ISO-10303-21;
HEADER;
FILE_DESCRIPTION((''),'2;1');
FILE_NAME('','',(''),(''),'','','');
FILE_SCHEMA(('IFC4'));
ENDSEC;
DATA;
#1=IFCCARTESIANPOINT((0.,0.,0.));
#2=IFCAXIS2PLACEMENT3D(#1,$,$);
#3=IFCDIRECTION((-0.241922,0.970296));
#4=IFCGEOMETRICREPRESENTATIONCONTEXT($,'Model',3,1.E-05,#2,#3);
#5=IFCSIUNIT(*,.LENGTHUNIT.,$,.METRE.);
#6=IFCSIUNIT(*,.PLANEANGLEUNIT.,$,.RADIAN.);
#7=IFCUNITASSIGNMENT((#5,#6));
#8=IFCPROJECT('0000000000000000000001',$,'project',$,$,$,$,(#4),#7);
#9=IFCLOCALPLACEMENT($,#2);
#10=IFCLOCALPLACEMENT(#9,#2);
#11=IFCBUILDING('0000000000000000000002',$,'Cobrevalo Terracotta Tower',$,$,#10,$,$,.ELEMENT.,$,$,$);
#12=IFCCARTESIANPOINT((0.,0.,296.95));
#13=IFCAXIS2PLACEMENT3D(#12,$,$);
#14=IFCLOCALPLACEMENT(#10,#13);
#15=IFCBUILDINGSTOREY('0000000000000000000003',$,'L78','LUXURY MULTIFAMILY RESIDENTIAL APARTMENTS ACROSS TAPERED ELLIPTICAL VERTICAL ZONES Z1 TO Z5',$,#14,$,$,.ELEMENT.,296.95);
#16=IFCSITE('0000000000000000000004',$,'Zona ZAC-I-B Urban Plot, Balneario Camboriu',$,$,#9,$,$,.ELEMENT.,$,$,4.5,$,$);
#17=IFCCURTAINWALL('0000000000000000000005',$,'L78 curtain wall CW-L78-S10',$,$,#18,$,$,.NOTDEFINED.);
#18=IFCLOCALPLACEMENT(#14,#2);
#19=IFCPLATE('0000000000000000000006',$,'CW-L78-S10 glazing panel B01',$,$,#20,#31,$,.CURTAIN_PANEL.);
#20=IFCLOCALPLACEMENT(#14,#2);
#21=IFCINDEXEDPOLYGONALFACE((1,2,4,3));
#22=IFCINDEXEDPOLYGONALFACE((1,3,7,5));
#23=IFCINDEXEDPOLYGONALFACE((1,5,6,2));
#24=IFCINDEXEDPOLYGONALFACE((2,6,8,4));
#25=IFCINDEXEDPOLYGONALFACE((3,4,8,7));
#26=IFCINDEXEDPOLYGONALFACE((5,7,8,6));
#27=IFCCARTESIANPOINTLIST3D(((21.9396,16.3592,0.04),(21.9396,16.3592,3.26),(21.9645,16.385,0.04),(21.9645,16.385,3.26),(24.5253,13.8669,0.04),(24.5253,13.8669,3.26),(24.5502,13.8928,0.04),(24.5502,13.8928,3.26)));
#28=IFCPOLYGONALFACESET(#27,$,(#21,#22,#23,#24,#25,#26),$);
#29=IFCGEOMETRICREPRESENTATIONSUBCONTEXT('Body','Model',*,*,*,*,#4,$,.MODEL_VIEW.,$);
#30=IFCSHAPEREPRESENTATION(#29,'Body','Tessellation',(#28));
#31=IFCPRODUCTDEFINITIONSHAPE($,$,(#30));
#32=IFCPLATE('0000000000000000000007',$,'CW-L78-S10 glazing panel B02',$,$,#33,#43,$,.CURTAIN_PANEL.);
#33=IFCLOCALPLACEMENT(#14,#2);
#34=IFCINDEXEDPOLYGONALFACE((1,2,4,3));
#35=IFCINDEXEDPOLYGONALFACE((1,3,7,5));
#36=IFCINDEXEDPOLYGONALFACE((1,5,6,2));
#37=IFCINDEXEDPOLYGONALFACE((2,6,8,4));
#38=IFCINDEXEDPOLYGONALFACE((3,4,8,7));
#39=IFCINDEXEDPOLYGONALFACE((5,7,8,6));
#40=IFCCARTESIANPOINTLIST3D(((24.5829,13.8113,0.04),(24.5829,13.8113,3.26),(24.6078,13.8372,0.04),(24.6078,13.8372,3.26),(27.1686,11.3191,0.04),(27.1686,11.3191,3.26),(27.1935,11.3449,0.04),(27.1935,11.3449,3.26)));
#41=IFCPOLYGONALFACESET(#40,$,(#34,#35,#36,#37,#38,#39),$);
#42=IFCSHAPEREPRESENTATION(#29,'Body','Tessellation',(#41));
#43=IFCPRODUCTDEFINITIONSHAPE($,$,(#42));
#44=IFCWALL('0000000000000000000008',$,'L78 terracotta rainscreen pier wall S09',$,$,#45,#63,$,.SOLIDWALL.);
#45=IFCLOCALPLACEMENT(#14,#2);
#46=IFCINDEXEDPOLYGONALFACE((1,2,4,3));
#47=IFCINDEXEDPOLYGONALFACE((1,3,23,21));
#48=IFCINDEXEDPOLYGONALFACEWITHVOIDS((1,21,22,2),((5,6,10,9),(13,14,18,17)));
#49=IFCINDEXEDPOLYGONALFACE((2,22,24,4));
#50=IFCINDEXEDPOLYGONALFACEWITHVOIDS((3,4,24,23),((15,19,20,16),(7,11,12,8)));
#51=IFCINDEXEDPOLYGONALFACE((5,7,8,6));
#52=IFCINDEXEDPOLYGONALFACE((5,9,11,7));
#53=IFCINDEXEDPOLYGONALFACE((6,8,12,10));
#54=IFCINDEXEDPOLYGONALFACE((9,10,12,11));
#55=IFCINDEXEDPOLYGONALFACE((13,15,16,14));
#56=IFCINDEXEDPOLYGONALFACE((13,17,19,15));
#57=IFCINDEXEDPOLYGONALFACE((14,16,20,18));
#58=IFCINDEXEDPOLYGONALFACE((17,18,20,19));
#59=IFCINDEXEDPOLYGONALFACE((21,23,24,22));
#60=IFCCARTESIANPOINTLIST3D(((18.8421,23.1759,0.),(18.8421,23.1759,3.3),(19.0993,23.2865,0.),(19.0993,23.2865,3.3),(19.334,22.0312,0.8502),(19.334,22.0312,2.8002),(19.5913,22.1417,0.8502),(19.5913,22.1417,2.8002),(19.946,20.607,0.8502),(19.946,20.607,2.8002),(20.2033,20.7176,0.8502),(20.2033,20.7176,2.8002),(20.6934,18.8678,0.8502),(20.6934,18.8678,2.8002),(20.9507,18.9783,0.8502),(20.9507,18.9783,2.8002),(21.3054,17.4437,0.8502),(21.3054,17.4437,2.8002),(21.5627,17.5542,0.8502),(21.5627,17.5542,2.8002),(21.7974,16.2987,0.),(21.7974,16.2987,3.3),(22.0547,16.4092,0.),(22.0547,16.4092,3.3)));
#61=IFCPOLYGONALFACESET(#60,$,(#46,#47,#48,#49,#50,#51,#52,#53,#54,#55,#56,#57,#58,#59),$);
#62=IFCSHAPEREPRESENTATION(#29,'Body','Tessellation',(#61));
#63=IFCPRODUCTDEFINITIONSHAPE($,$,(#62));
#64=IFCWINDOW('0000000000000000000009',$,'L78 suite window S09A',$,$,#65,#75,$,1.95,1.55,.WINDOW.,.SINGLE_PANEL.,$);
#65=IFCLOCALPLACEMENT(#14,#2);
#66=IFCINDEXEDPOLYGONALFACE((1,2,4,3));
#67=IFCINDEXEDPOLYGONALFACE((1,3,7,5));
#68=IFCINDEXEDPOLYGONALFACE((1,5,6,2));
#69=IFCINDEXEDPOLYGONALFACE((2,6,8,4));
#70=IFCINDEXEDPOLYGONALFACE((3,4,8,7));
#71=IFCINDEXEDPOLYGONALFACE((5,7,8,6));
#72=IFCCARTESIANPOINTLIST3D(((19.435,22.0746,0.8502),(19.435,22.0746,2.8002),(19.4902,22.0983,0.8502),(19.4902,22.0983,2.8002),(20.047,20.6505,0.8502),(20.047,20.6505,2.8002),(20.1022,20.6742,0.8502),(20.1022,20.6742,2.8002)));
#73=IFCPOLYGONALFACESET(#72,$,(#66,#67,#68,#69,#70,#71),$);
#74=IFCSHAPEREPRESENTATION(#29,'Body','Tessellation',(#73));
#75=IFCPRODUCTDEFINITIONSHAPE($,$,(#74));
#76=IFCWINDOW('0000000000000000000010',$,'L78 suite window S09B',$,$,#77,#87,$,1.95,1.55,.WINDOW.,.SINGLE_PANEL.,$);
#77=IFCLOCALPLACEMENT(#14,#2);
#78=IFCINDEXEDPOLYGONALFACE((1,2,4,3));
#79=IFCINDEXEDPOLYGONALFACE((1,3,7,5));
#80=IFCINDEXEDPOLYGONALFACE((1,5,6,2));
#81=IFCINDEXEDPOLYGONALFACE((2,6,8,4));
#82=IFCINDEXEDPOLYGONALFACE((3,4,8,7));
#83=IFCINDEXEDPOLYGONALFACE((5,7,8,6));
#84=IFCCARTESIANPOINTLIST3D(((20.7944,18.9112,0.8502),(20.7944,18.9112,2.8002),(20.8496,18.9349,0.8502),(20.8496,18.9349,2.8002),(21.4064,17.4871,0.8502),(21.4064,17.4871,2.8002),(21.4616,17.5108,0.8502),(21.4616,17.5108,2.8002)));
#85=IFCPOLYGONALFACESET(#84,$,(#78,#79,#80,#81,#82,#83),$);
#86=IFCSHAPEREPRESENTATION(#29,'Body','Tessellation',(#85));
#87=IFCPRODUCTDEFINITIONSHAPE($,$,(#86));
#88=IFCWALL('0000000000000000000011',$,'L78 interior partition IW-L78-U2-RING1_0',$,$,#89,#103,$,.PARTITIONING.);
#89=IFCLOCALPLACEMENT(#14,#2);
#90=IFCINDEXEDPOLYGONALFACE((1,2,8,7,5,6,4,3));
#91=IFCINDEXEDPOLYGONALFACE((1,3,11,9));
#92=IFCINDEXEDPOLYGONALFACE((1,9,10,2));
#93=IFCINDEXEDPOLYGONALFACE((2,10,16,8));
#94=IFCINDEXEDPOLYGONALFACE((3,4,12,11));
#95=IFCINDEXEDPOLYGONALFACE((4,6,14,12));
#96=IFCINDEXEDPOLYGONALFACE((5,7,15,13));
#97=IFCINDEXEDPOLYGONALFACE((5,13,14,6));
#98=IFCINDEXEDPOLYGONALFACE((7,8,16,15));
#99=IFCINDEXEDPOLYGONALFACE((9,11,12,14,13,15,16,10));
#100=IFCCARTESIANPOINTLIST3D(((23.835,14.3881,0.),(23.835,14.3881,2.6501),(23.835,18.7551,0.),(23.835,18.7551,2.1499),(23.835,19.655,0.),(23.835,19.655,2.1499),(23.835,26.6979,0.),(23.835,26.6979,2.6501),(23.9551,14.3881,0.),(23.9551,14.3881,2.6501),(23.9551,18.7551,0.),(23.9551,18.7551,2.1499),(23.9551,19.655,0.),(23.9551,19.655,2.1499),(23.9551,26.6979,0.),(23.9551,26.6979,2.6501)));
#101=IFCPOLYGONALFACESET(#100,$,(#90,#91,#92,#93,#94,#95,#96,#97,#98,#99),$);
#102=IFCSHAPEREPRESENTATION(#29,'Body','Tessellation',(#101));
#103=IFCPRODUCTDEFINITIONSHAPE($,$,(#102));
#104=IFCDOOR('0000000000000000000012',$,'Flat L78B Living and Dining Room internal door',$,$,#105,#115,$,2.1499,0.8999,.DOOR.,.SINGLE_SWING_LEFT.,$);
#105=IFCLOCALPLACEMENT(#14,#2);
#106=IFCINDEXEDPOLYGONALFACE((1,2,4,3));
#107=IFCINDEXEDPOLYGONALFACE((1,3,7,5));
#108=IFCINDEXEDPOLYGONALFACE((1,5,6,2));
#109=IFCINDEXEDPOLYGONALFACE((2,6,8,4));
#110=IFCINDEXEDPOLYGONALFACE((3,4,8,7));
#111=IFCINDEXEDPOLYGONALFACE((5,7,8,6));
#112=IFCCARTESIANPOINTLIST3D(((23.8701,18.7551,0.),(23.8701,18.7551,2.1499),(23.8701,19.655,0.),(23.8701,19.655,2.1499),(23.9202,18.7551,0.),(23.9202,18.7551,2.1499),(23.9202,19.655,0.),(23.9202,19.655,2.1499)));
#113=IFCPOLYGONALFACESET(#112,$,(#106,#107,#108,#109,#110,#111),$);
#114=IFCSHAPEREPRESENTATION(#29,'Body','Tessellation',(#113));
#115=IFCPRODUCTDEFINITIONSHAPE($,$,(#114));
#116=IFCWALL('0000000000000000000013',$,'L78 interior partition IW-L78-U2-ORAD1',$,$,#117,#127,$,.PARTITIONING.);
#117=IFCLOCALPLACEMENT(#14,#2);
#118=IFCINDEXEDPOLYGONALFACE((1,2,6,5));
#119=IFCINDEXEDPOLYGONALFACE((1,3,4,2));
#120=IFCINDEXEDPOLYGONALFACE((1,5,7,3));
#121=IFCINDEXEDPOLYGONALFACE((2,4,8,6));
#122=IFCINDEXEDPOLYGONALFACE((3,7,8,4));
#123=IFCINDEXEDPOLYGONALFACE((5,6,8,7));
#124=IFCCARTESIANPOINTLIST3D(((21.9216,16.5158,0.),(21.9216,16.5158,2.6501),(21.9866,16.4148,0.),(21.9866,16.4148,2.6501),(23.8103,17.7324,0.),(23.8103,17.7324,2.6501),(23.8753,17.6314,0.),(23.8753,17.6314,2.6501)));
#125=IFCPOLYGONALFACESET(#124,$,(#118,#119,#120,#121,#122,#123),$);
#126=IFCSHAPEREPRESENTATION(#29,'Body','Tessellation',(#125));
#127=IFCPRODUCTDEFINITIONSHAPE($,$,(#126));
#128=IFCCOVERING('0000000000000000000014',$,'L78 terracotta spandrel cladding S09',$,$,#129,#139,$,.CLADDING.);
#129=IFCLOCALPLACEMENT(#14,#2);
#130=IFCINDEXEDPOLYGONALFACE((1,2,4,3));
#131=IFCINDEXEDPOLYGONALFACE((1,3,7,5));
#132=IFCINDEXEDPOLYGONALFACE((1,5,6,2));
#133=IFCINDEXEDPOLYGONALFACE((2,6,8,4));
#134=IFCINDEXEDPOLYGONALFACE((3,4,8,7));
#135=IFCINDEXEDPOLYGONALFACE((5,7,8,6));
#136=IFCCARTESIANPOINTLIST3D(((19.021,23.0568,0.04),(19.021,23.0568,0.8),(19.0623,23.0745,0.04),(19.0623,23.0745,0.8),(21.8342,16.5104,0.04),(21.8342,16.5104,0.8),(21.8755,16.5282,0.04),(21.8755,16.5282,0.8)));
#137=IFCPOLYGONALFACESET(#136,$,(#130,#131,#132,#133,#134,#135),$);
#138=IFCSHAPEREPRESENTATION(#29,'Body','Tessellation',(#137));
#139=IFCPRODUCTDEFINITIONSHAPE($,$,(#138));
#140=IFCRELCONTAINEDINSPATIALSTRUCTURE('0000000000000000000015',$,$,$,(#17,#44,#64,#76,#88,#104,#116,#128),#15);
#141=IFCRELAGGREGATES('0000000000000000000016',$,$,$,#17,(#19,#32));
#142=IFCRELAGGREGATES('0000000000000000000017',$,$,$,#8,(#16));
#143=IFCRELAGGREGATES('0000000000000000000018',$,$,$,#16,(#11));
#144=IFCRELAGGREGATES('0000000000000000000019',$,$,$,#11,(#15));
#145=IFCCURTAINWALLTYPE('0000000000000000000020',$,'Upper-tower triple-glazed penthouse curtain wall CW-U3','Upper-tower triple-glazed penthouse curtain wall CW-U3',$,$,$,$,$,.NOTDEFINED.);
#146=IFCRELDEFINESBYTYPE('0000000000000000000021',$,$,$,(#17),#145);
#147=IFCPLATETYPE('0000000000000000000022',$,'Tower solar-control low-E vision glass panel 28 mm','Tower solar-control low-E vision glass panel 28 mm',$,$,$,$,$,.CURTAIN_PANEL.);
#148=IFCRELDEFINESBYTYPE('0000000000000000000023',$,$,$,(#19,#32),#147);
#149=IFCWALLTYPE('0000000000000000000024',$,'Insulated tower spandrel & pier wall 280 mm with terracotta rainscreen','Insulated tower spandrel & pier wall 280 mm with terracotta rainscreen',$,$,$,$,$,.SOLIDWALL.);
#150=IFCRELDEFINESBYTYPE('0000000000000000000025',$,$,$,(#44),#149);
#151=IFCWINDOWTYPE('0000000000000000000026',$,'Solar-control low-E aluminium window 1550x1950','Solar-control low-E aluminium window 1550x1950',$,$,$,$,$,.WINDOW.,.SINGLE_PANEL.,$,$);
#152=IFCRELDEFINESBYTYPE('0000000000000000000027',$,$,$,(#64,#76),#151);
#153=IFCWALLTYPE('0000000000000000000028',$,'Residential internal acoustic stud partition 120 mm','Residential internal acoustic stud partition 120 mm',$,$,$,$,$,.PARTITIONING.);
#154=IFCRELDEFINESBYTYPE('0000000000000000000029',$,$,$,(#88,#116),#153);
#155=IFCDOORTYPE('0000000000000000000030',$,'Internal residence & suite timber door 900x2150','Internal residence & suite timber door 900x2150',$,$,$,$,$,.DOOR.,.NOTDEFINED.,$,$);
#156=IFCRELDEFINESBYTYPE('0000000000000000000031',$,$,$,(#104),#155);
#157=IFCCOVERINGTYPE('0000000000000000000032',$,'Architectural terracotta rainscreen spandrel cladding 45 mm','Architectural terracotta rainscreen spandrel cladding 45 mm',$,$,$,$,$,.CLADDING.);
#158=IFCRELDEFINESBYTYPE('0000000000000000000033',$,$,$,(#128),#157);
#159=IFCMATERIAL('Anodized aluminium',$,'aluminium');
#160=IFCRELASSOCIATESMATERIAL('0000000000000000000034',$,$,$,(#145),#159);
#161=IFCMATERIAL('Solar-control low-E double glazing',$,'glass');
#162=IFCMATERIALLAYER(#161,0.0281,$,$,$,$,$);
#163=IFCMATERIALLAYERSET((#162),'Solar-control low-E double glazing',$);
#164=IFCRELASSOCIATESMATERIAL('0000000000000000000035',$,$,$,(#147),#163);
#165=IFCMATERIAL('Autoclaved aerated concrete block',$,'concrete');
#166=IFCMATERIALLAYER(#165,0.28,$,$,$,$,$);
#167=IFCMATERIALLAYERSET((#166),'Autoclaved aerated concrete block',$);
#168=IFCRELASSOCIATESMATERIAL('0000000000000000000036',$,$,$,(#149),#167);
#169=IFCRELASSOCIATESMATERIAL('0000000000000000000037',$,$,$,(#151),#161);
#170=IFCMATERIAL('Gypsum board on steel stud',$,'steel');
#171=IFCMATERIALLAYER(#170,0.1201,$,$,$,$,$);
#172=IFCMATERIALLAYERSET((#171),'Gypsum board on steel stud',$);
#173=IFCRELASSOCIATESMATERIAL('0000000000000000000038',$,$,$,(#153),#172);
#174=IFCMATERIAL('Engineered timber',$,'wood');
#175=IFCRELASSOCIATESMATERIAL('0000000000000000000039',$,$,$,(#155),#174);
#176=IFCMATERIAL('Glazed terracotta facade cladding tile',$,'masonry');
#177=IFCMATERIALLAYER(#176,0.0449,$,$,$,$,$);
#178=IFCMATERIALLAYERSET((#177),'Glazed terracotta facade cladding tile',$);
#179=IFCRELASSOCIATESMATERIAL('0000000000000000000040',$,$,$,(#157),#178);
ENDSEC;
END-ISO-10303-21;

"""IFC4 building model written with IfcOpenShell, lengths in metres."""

from ifc_helpers import new_model, si_unit, direction, frame, frame_2d, origin, origin_2d, place, context, subcontext, project, spatial, rectangle, extrude, source, transform, mapped, material, layer, layer_set, type_object, element, fill, aggregate, save


model = new_model("IFC4")

# Units and contexts
model_context = context("Model", 3, precision=1e-05, world=origin(), true_north=direction((-0.241922, 0.970296)))
body_context = subcontext(model_context, "Body", "Model", "MODEL_VIEW")
ifc_project = project(units=[si_unit("LENGTHUNIT", "METRE"), si_unit("PLANEANGLEUNIT", "RADIAN")], contexts=[model_context])

# Site, building, storey
site_placement = place(None, origin())
site = spatial("IfcSite", under=ifc_project, at=site_placement, Name="Zona ZAC-I-B Urban Plot, Balneario Camboriu", CompositionType="ELEMENT", RefElevation=4.5)
building_placement = place(site_placement, origin())
building = spatial("IfcBuilding", under=site, at=building_placement, Name="Cobrevalo Terracotta Tower", CompositionType="ELEMENT")
storey_placement = place(building_placement, frame((0.0, 0.0, 296.95)))
storey = spatial("IfcBuildingStorey", under=building, at=storey_placement, Name="L78", Description="LUXURY MULTIFAMILY RESIDENTIAL APARTMENTS ACROSS TAPERED ELLIPTICAL VERTICAL ZONES Z1 TO Z5", CompositionType="ELEMENT", Elevation=296.95)

# Curtain wall
ifc_material_1 = material(Name="Anodized aluminium", Category="aluminium")
curtain_wall_type = type_object("IfcCurtainWallType", Name="Upper-tower triple-glazed penthouse curtain wall CW-U3", Description="Upper-tower triple-glazed penthouse curtain wall CW-U3", PredefinedType="NOTDEFINED", material=ifc_material_1)
curtain_wall_1_placement = place(storey_placement, origin())
curtain_wall_1 = element("IfcCurtainWall", 1, at=curtain_wall_1_placement, inside=storey, type_object=curtain_wall_type, Name="L78 curtain wall CW-L78-S10", PredefinedType="NOTDEFINED")

# Plates
ifc_material_2 = material(Name="Solar-control low-E double glazing", Category="glass")
ifc_layer_1 = layer(ifc_material_2, 0.0281)
ifc_layer_set_1 = layer_set([ifc_layer_1], Name="Solar-control low-E double glazing")
plate_type_1 = type_object("IfcPlateType", Name="Tower solar-control low-E vision glass panel 28 mm", Description="Tower solar-control low-E vision glass panel 28 mm", PredefinedType="CURTAIN_PANEL", material=ifc_layer_set_1)
shared_shape_1 = source(origin(), body_context, "Body", "SweptSolid", [
    extrude(rectangle(XDim=3.5913, YDim=0.0359, at=origin_2d()), origin(), (0.0, 0.0, 1.0), 3.22),
])
plate_1_placement = place(storey_placement, frame((23.2449, 15.126, 0.04), z_axis=(0.0, 0.0, 1.0), x_axis=(0.719997, -0.693978, 0.0)))
plate_1 = element("IfcPlate", 2, at=plate_1_placement, type_object=plate_type_1, Name="CW-L78-S10 glazing panel B01", PredefinedType="CURTAIN_PANEL", context=body_context, shape_type="MappedRepresentation", body=[
    mapped(shared_shape_1, transform((0.0, 0.0, 0.0), scale=1.0)),
])
plate_2_placement = place(storey_placement, frame((25.8882, 12.5781, 0.04), z_axis=(0.0, 0.0, 1.0), x_axis=(0.719997, -0.693978, 0.0)))
plate_2 = element("IfcPlate", 3, at=plate_2_placement, type_object=plate_type_1, Name="CW-L78-S10 glazing panel B02", PredefinedType="CURTAIN_PANEL", context=body_context, shape_type="MappedRepresentation", body=[
    mapped(shared_shape_1, transform((0.0, 0.0, 0.0), scale=1.0)),
])
aggregate(curtain_wall_1, [plate_1, plate_2])

# Wall, openings, windows
ifc_material_3 = material(Name="Autoclaved aerated concrete block", Category="concrete")
ifc_layer_2 = layer(ifc_material_3, 0.28)
ifc_layer_set_2 = layer_set([ifc_layer_2], Name="Autoclaved aerated concrete block")
wall_type_1 = type_object("IfcWallType", Name="Insulated tower spandrel & pier wall 280 mm with terracotta rainscreen", Description="Insulated tower spandrel & pier wall 280 mm with terracotta rainscreen", PredefinedType="SOLIDWALL", material=ifc_layer_set_2)
wall_1_placement = place(storey_placement, frame((18.9707, 23.2312, 0.0), z_axis=(0.0, 0.0, 1.0), x_axis=(0.394817, -0.91876, 0.0)))
wall_1 = element("IfcWall", 4, at=wall_1_placement, inside=storey, type_object=wall_type_1, Name="L78 terracotta rainscreen pier wall S09", PredefinedType="SOLIDWALL", context=body_context, shape_type="SweptSolid", body=[
    extrude(rectangle(XDim=7.4854, YDim=0.28, at=frame_2d((3.7427, 0.0))), origin(), (0.0, 0.0, 1.0), 3.3),
])
opening_1_placement = place(wall_1_placement, frame((1.2461, 0.0, 0.8501)))
opening_1 = element("IfcOpeningElement", 5, at=opening_1_placement, cuts=wall_1, PredefinedType="OPENING", context=body_context, shape_type="SweptSolid", body=[
    extrude(rectangle(XDim=1.55, YDim=1.95, at=frame_2d((0.7749, 0.9751))), frame((0.0, 0.1499, 0.0), z_axis=(0.0, -1.0, 0.0), x_axis=(1.0, 0.0, 0.0)), (0.0, 0.0, 1.0), 0.3),
])
opening_2_placement = place(wall_1_placement, frame((4.6892, 0.0, 0.8501)))
opening_2 = element("IfcOpeningElement", 6, at=opening_2_placement, cuts=wall_1, PredefinedType="OPENING", context=body_context, shape_type="SweptSolid", body=[
    extrude(rectangle(XDim=1.55, YDim=1.95, at=frame_2d((0.7749, 0.9751))), frame((0.0, 0.1499, 0.0), z_axis=(0.0, -1.0, 0.0), x_axis=(1.0, 0.0, 0.0)), (0.0, 0.0, 1.0), 0.3),
])
window_type = type_object("IfcWindowType", Name="Solar-control low-E aluminium window 1550x1950", Description="Solar-control low-E aluminium window 1550x1950", PartitioningType="SINGLE_PANEL", PredefinedType="WINDOW", material=ifc_material_2)
shared_shape_2 = source(origin(), body_context, "Body", "SweptSolid", [
    extrude(rectangle(XDim=1.55, YDim=1.95, at=frame_2d((0.7749, 0.9751))), frame((0.0, 0.03, 0.0), z_axis=(0.0, -1.0, 0.0), x_axis=(1.0, 0.0, 0.0)), (0.0, 0.0, 1.0), 0.0601),
])
window_1_placement = place(opening_1_placement, origin())
window_1 = element("IfcWindow", 7, at=window_1_placement, inside=storey, type_object=window_type, Name="L78 suite window S09A", OverallHeight=1.95, OverallWidth=1.55, PartitioningType="SINGLE_PANEL", PredefinedType="WINDOW", context=body_context, shape_type="MappedRepresentation", body=[
    mapped(shared_shape_2, transform((0.0, 0.0, 0.0), scale=1.0)),
])
fill(opening_1, window_1)
window_2_placement = place(opening_2_placement, origin())
window_2 = element("IfcWindow", 8, at=window_2_placement, inside=storey, type_object=window_type, Name="L78 suite window S09B", OverallHeight=1.95, OverallWidth=1.55, PartitioningType="SINGLE_PANEL", PredefinedType="WINDOW", context=body_context, shape_type="MappedRepresentation", body=[
    mapped(shared_shape_2, transform((0.0, 0.0, 0.0), scale=1.0)),
])
fill(opening_2, window_2)

# Wall, opening, door
ifc_material_4 = material(Name="Gypsum board on steel stud", Category="steel")
ifc_layer_3 = layer(ifc_material_4, 0.1201)
ifc_layer_set_3 = layer_set([ifc_layer_3], Name="Gypsum board on steel stud")
wall_type_2 = type_object("IfcWallType", Name="Residential internal acoustic stud partition 120 mm", Description="Residential internal acoustic stud partition 120 mm", PredefinedType="PARTITIONING", material=ifc_layer_set_3)
wall_2_placement = place(storey_placement, frame((23.895, 14.3882, 0.0), z_axis=(0.0, 0.0, 1.0), x_axis=(0.0, 1.0, 0.0)))
wall_2 = element("IfcWall", 9, at=wall_2_placement, inside=storey, type_object=wall_type_2, Name="L78 interior partition IW-L78-U2-RING1_0", PredefinedType="PARTITIONING", context=body_context, shape_type="SweptSolid", body=[
    extrude(rectangle(XDim=12.3098, YDim=0.1201, at=frame_2d((6.1548, 0.0))), origin(), (0.0, 0.0, 1.0), 2.6501),
])
opening_3_placement = place(wall_2_placement, frame((4.3669, 0.0, 0.0)))
opening_3 = element("IfcOpeningElement", 10, at=opening_3_placement, cuts=wall_2, PredefinedType="OPENING", context=body_context, shape_type="SweptSolid", body=[
    extrude(rectangle(XDim=0.8999, YDim=2.1499, at=frame_2d((0.45, 1.075))), frame((0.0, 0.0701, 0.0), z_axis=(0.0, -1.0, 0.0), x_axis=(1.0, 0.0, 0.0)), (0.0, 0.0, 1.0), 0.1401),
])
ifc_material_5 = material(Name="Engineered timber", Category="wood")
door_type = type_object("IfcDoorType", Name="Internal residence & suite timber door 900x2150", Description="Internal residence & suite timber door 900x2150", OperationType="NOTDEFINED", PredefinedType="DOOR", material=ifc_material_5)
shared_shape_3 = source(origin(), body_context, "Body", "SweptSolid", [
    extrude(rectangle(XDim=0.8999, YDim=2.1499, at=frame_2d((0.45, 1.075))), frame((0.0, 0.0249, 0.0), z_axis=(0.0, -1.0, 0.0), x_axis=(1.0, 0.0, 0.0)), (0.0, 0.0, 1.0), 0.05),
])
door_placement = place(opening_3_placement, origin())
door = element("IfcDoor", 11, at=door_placement, inside=storey, type_object=door_type, Name="Flat L78B Living and Dining Room internal door", OperationType="SINGLE_SWING_LEFT", OverallHeight=2.1499, OverallWidth=0.8999, PredefinedType="DOOR", context=body_context, shape_type="MappedRepresentation", body=[
    mapped(shared_shape_3, transform((0.0, 0.0, 0.0), scale=1.0)),
])
fill(opening_3, door)

# Wall
wall_3_placement = place(storey_placement, frame((23.8428, 17.6819, 0.0), z_axis=(0.0, 0.0, 1.0), x_axis=(-0.840691, -0.541515, 0.0)))
element("IfcWall", 12, at=wall_3_placement, inside=storey, type_object=wall_type_2, Name="L78 interior partition IW-L78-U2-ORAD1", PredefinedType="PARTITIONING", context=body_context, shape_type="SweptSolid", body=[
    extrude(rectangle(XDim=2.2466, YDim=0.1201, at=frame_2d((1.1233, 0.0))), origin(), (0.0, 0.0, 1.0), 2.6501),
])

# Covering
ifc_material_6 = material(Name="Glazed terracotta facade cladding tile", Category="masonry")
ifc_layer_4 = layer(ifc_material_6, 0.0449)
ifc_layer_set_4 = layer_set([ifc_layer_4], Name="Glazed terracotta facade cladding tile")
covering_type = type_object("IfcCoveringType", Name="Architectural terracotta rainscreen spandrel cladding 45 mm", Description="Architectural terracotta rainscreen spandrel cladding 45 mm", PredefinedType="CLADDING", material=ifc_layer_set_4)
shared_shape_4 = source(origin(), body_context, "Body", "SweptSolid", [
    extrude(rectangle(XDim=7.1252, YDim=0.0449, at=origin_2d()), origin(), (0.0, 0.0, 1.0), 0.76),
])
covering_placement = place(storey_placement, frame((20.4482, 19.7925, 0.04), z_axis=(0.0, 0.0, 1.0), x_axis=(0.394829, -0.918755, 0.0)))
element("IfcCovering", 13, at=covering_placement, inside=storey, type_object=covering_type, Name="L78 terracotta spandrel cladding S09", PredefinedType="CLADDING", context=body_context, shape_type="MappedRepresentation", body=[
    mapped(shared_shape_4, transform((0.0, 0.0, 0.0), scale=1.0)),
])

save(model, "model.ifc")
